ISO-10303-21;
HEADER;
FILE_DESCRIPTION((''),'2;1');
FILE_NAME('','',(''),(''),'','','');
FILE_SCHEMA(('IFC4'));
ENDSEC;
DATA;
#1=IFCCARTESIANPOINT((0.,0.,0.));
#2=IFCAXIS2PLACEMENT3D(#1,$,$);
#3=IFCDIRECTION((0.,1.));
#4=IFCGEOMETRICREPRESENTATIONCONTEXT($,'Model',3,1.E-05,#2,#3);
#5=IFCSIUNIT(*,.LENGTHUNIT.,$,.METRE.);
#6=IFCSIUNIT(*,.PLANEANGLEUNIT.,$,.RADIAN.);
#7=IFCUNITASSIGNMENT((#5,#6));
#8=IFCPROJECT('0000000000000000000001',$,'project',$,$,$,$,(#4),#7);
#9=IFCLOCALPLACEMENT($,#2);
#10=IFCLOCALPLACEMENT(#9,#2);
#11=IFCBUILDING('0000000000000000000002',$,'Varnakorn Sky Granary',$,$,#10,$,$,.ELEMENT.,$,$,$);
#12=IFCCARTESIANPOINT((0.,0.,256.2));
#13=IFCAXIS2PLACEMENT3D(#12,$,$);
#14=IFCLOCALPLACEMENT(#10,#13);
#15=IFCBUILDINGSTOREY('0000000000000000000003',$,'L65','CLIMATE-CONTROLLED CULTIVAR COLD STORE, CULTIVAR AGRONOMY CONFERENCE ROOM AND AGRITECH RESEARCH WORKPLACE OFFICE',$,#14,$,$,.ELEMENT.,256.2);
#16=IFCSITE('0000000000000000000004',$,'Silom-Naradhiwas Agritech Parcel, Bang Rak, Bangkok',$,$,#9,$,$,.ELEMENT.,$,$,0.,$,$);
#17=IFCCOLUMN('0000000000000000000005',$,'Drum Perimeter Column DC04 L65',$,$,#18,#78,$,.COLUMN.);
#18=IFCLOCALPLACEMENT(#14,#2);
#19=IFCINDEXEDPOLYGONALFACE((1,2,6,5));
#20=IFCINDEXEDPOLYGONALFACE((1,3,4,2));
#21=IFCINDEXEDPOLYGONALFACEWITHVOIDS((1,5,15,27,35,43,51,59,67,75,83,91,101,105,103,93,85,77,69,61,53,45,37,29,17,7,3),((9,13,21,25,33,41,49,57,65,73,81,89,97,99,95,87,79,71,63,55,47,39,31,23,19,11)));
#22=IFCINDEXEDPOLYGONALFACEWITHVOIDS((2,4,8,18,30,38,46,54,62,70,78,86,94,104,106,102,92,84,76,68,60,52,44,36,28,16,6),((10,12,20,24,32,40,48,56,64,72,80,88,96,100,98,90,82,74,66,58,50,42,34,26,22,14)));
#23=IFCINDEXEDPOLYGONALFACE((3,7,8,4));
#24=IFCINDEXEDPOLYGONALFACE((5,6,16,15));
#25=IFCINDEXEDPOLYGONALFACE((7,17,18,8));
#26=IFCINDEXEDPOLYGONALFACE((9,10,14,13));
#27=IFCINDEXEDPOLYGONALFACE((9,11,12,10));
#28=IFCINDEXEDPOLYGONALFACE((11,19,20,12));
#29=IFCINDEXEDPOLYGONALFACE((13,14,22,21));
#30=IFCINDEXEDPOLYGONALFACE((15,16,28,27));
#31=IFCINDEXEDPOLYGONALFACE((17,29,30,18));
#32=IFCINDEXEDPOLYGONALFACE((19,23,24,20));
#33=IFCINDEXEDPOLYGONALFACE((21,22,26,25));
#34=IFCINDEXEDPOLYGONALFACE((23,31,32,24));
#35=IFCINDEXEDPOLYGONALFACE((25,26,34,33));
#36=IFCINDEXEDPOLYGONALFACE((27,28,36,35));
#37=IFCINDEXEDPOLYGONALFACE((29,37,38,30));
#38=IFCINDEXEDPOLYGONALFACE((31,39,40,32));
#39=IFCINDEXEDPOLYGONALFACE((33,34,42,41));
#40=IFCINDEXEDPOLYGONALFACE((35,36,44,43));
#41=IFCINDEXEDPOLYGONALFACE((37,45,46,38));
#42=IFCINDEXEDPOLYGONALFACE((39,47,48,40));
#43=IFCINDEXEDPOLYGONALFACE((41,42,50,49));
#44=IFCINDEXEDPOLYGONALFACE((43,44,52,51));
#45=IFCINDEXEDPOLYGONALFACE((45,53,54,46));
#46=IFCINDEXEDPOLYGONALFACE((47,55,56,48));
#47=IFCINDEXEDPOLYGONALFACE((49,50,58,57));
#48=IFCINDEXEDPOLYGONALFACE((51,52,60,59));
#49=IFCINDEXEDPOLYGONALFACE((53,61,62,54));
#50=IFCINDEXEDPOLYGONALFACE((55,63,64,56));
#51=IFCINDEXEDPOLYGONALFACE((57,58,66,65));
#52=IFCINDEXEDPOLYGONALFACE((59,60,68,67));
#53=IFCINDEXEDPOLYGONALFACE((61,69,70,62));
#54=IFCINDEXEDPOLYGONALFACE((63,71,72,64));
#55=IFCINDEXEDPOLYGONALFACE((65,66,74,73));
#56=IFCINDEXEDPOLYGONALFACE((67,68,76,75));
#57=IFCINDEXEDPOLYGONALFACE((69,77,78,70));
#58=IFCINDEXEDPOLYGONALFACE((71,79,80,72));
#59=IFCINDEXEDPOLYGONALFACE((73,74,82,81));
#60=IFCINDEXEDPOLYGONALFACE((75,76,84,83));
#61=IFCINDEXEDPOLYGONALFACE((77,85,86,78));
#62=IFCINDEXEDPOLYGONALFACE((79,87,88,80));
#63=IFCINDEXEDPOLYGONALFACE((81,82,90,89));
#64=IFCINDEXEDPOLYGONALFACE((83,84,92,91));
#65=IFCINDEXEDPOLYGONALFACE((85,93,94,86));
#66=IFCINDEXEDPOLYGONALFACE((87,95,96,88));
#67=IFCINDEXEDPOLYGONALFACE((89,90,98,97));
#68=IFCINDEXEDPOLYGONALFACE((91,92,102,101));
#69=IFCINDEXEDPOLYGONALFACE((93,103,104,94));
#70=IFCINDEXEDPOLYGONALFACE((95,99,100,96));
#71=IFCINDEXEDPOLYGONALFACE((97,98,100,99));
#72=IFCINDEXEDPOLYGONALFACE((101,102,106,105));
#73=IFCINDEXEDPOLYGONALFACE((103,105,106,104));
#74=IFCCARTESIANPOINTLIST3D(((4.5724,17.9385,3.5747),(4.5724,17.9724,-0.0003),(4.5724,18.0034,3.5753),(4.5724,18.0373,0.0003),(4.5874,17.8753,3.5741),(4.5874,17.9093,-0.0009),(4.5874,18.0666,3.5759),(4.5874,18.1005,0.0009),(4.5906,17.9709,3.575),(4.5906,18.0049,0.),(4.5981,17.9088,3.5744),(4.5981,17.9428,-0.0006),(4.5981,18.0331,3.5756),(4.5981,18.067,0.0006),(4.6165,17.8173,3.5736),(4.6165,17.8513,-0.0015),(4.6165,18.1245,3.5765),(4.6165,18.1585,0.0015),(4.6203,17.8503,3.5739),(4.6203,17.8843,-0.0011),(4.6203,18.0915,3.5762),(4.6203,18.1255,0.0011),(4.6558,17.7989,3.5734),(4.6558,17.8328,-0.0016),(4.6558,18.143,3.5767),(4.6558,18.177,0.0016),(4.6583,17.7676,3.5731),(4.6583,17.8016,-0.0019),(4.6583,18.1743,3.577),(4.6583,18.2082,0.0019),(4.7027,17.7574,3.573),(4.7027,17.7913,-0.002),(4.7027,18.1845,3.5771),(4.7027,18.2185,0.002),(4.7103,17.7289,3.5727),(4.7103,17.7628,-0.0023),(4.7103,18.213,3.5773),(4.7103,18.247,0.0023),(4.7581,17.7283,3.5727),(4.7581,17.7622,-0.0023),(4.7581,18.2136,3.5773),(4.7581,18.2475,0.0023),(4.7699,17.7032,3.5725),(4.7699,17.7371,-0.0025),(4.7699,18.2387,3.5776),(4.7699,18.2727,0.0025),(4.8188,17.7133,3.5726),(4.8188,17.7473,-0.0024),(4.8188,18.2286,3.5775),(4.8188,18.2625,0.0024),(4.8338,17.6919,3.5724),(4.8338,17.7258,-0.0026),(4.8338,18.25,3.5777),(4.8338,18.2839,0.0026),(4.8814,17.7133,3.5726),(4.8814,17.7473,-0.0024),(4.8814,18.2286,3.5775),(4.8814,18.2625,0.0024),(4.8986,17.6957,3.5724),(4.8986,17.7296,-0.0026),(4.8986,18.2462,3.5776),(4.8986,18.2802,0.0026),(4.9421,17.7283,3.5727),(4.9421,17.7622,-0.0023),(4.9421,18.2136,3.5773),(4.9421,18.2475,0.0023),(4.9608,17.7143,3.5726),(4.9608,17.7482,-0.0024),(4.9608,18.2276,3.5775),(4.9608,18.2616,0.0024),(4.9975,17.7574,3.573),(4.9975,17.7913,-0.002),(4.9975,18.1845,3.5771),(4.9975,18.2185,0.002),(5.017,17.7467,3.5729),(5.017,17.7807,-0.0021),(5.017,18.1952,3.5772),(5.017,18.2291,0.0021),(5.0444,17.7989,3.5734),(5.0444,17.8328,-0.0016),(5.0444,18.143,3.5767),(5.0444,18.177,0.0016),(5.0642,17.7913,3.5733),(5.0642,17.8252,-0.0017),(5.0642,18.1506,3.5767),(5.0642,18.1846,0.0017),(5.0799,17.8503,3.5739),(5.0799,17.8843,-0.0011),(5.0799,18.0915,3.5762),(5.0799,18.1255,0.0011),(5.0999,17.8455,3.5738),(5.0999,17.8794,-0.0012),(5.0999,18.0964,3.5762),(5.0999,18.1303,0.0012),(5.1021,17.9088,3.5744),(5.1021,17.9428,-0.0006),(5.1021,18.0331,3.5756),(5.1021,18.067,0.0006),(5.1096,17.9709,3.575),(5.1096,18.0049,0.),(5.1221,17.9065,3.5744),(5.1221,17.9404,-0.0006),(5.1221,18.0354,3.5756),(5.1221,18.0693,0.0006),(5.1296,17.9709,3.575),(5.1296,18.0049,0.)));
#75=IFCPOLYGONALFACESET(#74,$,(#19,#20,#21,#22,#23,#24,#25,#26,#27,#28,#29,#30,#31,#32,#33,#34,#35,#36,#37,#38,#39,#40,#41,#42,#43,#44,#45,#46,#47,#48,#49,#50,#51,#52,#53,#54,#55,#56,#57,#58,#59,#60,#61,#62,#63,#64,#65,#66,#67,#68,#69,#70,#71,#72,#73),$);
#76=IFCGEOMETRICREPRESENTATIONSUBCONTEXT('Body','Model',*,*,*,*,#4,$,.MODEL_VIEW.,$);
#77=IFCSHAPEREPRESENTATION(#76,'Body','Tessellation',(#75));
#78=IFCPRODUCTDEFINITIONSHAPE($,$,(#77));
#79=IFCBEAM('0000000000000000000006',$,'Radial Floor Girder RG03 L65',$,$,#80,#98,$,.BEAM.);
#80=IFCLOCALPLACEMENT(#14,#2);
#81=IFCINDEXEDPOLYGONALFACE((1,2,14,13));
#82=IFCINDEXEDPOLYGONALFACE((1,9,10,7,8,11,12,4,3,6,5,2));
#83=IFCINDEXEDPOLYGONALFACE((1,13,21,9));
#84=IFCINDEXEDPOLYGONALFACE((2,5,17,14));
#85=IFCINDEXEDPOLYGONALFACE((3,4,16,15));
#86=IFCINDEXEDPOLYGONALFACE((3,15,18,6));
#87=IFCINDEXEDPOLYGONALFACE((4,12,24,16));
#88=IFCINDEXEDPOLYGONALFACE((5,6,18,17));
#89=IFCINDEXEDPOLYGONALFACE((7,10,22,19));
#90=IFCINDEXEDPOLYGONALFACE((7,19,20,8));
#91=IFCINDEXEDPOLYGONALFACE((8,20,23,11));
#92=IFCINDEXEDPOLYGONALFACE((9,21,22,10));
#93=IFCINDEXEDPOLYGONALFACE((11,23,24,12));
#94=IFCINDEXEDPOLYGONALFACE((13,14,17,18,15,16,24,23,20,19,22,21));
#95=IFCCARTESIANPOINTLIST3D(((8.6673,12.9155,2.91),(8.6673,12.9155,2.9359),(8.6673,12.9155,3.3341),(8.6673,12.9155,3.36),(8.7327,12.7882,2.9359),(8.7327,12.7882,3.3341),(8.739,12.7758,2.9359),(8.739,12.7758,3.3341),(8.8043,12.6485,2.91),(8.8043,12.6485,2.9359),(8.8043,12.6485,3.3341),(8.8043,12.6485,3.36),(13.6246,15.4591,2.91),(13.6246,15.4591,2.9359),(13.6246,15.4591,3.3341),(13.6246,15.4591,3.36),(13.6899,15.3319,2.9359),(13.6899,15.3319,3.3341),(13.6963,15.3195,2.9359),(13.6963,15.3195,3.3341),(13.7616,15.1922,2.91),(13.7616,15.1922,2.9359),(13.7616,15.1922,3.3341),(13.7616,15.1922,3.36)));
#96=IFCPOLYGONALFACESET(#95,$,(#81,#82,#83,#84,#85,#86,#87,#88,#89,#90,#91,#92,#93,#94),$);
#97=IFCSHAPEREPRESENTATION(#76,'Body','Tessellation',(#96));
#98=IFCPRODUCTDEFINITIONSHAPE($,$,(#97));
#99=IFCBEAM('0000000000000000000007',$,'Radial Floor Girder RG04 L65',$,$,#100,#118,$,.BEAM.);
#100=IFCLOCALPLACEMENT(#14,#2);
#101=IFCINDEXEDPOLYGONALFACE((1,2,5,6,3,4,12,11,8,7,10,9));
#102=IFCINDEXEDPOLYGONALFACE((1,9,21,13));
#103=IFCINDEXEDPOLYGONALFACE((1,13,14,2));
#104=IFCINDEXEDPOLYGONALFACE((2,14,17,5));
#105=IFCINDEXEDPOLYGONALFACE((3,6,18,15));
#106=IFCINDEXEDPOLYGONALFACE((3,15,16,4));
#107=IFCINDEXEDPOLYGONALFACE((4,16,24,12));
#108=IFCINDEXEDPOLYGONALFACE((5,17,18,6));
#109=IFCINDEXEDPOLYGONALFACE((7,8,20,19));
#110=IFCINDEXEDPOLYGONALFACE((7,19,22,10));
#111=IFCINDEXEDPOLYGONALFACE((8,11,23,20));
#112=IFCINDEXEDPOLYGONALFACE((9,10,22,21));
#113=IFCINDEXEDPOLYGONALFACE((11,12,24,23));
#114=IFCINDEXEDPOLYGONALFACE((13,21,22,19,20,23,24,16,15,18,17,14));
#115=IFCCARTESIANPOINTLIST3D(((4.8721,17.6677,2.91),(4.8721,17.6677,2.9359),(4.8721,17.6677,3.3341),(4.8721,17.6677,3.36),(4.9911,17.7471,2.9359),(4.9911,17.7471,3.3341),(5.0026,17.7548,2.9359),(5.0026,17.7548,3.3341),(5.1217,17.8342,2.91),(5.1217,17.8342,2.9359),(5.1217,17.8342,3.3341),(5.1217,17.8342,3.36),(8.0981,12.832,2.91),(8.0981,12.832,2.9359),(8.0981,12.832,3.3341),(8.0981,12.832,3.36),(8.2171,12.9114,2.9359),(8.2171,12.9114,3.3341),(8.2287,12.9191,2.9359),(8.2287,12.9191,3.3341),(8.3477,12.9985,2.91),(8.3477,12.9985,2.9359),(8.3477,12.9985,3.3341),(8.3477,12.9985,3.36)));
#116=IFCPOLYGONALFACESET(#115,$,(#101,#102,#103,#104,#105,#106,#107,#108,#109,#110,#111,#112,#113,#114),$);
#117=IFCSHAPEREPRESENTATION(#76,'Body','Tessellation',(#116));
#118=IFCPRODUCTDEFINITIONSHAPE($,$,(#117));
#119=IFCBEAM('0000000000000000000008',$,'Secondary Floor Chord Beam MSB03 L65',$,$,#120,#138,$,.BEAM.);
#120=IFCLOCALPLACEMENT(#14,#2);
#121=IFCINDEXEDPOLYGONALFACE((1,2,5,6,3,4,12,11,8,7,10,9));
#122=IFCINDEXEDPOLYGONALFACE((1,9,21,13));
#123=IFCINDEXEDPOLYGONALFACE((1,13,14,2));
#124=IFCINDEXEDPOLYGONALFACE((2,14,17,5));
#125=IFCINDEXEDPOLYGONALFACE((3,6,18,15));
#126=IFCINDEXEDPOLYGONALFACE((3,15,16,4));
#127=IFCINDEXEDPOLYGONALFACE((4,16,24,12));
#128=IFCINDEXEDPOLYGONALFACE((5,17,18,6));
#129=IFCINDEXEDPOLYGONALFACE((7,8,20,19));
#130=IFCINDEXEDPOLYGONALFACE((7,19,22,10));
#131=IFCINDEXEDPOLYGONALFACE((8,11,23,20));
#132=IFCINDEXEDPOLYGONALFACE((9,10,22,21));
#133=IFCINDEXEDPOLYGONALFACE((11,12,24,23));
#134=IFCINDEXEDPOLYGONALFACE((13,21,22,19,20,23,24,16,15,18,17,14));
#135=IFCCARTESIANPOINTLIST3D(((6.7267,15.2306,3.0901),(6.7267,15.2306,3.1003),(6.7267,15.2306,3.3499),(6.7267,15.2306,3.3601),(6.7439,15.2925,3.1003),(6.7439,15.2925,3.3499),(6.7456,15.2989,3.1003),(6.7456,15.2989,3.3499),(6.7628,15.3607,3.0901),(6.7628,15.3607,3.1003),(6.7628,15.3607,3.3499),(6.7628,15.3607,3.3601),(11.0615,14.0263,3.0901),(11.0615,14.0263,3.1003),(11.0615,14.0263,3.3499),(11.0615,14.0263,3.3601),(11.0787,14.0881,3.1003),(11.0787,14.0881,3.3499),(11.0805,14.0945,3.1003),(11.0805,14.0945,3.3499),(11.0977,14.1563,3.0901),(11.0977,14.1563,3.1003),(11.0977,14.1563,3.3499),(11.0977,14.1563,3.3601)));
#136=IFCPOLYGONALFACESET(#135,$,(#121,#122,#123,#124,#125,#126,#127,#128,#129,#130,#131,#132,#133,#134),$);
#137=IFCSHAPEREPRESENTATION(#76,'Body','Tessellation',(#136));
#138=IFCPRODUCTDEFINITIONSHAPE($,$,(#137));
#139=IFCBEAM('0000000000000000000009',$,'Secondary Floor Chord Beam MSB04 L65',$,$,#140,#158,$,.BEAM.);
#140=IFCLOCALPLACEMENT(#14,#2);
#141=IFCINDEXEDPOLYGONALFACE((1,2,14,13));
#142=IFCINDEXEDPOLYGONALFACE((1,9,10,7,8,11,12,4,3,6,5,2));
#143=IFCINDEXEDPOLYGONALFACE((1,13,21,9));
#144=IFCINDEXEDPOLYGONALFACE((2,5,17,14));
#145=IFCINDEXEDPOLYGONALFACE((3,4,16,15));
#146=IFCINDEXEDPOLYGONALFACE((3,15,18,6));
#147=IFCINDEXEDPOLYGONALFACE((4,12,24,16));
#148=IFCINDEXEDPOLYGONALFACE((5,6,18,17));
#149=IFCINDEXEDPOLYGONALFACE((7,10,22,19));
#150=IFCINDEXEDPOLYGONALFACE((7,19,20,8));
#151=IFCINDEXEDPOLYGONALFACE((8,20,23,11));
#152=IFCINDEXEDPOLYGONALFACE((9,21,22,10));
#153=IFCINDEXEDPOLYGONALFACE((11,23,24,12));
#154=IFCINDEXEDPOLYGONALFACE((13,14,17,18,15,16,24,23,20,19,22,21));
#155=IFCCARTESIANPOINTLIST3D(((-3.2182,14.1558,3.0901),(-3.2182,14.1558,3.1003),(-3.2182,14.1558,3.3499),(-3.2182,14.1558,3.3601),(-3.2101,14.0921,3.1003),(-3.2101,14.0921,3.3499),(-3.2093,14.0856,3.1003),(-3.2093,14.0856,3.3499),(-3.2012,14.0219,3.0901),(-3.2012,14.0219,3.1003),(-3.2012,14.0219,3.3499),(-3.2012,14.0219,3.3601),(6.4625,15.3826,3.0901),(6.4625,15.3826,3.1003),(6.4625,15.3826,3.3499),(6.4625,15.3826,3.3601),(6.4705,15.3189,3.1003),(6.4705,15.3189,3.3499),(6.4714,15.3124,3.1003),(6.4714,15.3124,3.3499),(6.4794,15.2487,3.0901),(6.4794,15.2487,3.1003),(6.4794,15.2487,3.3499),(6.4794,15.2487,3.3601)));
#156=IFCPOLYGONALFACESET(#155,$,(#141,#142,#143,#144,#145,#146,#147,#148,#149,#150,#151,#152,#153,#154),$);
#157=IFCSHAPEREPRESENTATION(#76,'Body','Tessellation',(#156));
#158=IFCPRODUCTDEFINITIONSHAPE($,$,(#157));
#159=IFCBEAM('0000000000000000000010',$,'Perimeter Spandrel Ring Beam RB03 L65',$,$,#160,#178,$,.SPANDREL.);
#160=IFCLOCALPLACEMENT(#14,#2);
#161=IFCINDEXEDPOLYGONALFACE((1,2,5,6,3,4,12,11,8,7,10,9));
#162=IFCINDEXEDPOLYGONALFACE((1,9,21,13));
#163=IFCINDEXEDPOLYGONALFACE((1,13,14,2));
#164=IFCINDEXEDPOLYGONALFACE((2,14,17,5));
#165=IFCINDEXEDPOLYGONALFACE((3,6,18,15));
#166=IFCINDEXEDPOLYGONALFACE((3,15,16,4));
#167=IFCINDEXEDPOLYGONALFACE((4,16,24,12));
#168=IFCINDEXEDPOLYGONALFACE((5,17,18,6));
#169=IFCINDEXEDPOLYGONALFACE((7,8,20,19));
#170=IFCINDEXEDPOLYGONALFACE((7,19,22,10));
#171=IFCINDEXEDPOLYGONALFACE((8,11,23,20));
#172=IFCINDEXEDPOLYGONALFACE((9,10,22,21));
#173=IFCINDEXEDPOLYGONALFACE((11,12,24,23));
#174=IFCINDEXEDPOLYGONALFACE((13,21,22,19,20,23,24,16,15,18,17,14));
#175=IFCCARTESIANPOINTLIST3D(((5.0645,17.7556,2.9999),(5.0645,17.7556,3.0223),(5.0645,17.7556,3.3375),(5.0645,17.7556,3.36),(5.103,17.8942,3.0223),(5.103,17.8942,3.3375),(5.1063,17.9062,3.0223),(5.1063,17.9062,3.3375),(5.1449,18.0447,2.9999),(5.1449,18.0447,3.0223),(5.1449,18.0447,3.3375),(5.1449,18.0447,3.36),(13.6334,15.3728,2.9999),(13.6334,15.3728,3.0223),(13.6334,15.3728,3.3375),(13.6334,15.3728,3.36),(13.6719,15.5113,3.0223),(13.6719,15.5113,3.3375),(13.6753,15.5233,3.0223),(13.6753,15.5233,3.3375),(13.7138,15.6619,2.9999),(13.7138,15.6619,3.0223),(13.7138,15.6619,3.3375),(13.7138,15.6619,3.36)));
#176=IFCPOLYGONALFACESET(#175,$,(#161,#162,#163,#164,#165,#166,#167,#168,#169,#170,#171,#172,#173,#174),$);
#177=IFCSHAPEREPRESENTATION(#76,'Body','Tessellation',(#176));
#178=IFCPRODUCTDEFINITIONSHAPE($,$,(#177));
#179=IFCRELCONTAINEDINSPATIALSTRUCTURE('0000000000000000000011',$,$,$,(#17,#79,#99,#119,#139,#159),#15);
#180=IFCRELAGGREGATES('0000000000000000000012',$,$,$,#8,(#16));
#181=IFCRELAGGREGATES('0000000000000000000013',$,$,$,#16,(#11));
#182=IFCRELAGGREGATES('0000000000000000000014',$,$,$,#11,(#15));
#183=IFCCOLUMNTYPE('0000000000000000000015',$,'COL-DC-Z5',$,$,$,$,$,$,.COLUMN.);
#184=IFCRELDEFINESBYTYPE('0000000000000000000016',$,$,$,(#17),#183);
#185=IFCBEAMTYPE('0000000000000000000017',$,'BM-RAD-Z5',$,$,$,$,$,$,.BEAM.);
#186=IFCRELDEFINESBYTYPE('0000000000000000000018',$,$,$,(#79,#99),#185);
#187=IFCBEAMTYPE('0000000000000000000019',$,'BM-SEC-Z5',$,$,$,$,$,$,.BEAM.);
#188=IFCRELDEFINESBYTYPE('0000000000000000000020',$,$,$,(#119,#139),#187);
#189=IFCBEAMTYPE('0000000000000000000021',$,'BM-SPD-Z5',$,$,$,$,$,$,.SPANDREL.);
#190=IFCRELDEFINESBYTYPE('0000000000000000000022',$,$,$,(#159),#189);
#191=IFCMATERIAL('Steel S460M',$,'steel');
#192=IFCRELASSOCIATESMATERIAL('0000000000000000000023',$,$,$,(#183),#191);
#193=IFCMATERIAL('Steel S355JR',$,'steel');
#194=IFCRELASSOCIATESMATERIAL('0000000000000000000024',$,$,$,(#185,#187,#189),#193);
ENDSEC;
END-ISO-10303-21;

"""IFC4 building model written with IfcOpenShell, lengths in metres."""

from ifc_helpers import new_model, si_unit, direction, frame, origin, origin_2d, place, context, subcontext, project, spatial, hollow_circle, i_section, extrude, material, material_profile, profile_set, type_object, element, save


model = new_model("IFC4")

# Units and contexts
model_context = context("Model", 3, precision=1e-05, world=origin(), true_north=direction((0.0, 1.0)))
body_context = subcontext(model_context, "Body", "Model", "MODEL_VIEW")
ifc_project = project(units=[si_unit("LENGTHUNIT", "METRE"), si_unit("PLANEANGLEUNIT", "RADIAN")], contexts=[model_context])

# Site, building, storey
site_placement = place(None, origin())
site = spatial("IfcSite", under=ifc_project, at=site_placement, Name="Silom-Naradhiwas Agritech Parcel, Bang Rak, Bangkok", CompositionType="ELEMENT", RefElevation=0.0)
building_placement = place(site_placement, origin())
building = spatial("IfcBuilding", under=site, at=building_placement, Name="Varnakorn Sky Granary", CompositionType="ELEMENT")
storey_placement = place(building_placement, frame((0.0, 0.0, 256.2)))
storey = spatial("IfcBuildingStorey", under=building, at=storey_placement, Name="L65", Description="CLIMATE-CONTROLLED CULTIVAR COLD STORE, CULTIVAR AGRONOMY CONFERENCE ROOM AND AGRITECH RESEARCH WORKPLACE OFFICE", CompositionType="ELEMENT", Elevation=256.2)

# Column
ifc_material_1 = material(Name="Steel S460M", Category="steel")
ifc_material_profile_1 = material_profile(ifc_material_1, hollow_circle(Radius=0.2795, WallThickness=0.02, at=origin_2d()), Name="CHS 559x20")
ifc_profile_set_1 = profile_set([ifc_material_profile_1], Name="Steel S460M")
column_type = type_object("IfcColumnType", Name="COL-DC-Z5", PredefinedType="COLUMN", material=ifc_profile_set_1)
column_placement = place(storey_placement, frame((4.8501, 18.0049, 0.0), z_axis=(0.0, -0.009492, 0.999955), x_axis=(1.0, 0.0, 0.0)))
element("IfcColumn", 1, at=column_placement, inside=storey, type_object=column_type, Name="Drum Perimeter Column DC04 L65", PredefinedType="COLUMN", context=body_context, shape_type="SweptSolid", body=[
    extrude(hollow_circle(Radius=0.2795, WallThickness=0.02, at=origin_2d()), origin(), (0.0, 0.0, 1.0), 3.5752),
])

# Beams
ifc_material_2 = material(Name="Steel S355JR", Category="steel")
ifc_material_profile_2 = material_profile(ifc_material_2, i_section(OverallWidth=0.3, OverallDepth=0.45, WebThickness=0.0139, FlangeThickness=0.0259, at=origin_2d()), Name="HE 450 B")
ifc_profile_set_2 = profile_set([ifc_material_profile_2], Name="Steel S355JR")
beam_type_1 = type_object("IfcBeamType", Name="BM-RAD-Z5", PredefinedType="BEAM", material=ifc_profile_set_2)
beam_1_placement = place(storey_placement, frame((8.7358, 12.782, 3.135), z_axis=(0.889707, 0.456531, 0.0), x_axis=(-0.456531, 0.889707, 0.0)))
element("IfcBeam", 2, at=beam_1_placement, inside=storey, type_object=beam_type_1, Name="Radial Floor Girder RG03 L65", PredefinedType="BEAM", context=body_context, shape_type="SweptSolid", body=[
    extrude(i_section(OverallWidth=0.3, OverallDepth=0.45, WebThickness=0.0139, FlangeThickness=0.0259, at=origin_2d()), origin(), (0.0, 0.0, 1.0), 5.5718),
])
beam_2_placement = place(storey_placement, frame((8.2229, 12.9153, 3.135), z_axis=(-0.554972, 0.831869, 0.0), x_axis=(-0.831869, -0.554972, 0.0)))
element("IfcBeam", 3, at=beam_2_placement, inside=storey, type_object=beam_type_1, Name="Radial Floor Girder RG04 L65", PredefinedType="BEAM", context=body_context, shape_type="SweptSolid", body=[
    extrude(i_section(OverallWidth=0.3, OverallDepth=0.45, WebThickness=0.0139, FlangeThickness=0.0259, at=origin_2d()), origin(), (0.0, 0.0, 1.0), 5.813),
])
ifc_material_profile_3 = material_profile(ifc_material_2, i_section(OverallWidth=0.135, OverallDepth=0.27, WebThickness=0.0066, FlangeThickness=0.0103, at=origin_2d()), Name="IPE 270")
ifc_profile_set_3 = profile_set([ifc_material_profile_3], Name="Steel S355JR")
beam_type_2 = type_object("IfcBeamType", Name="BM-SEC-Z5", PredefinedType="BEAM", material=ifc_profile_set_3)
beam_3_placement = place(storey_placement, frame((11.0796, 14.0913, 3.2251), z_axis=(-0.963503, 0.267697, 0.0), x_axis=(-0.267697, -0.963503, 0.0)))
element("IfcBeam", 4, at=beam_3_placement, inside=storey, type_object=beam_type_2, Name="Secondary Floor Chord Beam MSB03 L65", PredefinedType="BEAM", context=body_context, shape_type="SweptSolid", body=[
    extrude(i_section(OverallWidth=0.135, OverallDepth=0.27, WebThickness=0.0066, FlangeThickness=0.0103, at=origin_2d()), origin(), (0.0, 0.0, 1.0), 4.499),
])
beam_4_placement = place(storey_placement, frame((6.4709, 15.3157, 3.2251), z_axis=(-0.992066, -0.125722, 0.0), x_axis=(0.125722, -0.992066, 0.0)))
element("IfcBeam", 5, at=beam_4_placement, inside=storey, type_object=beam_type_2, Name="Secondary Floor Chord Beam MSB04 L65", PredefinedType="BEAM", context=body_context, shape_type="SweptSolid", body=[
    extrude(i_section(OverallWidth=0.135, OverallDepth=0.27, WebThickness=0.0066, FlangeThickness=0.0103, at=origin_2d()), origin(), (0.0, 0.0, 1.0), 9.7581),
])
ifc_material_profile_4 = material_profile(ifc_material_2, i_section(OverallWidth=0.3, OverallDepth=0.3601, WebThickness=0.0125, FlangeThickness=0.0225, at=origin_2d()), Name="HE 360 B")
ifc_profile_set_4 = profile_set([ifc_material_profile_4], Name="Steel S355JR")
beam_type_3 = type_object("IfcBeamType", Name="BM-SPD-Z5", PredefinedType="SPANDREL", material=ifc_profile_set_4)
for number, where, z_axis, x_axis, name in (
    (6, (13.6736, 15.5173, 3.1799), (-0.963443, 0.267913, 0.0), (-0.267913, -0.963443, 0.0), "Perimeter Spandrel Ring Beam RB03 L65"),
):
    element("IfcBeam", number, at=place(storey_placement, frame(where, z_axis=z_axis, x_axis=x_axis)), inside=storey, type_object=beam_type_3, Name=name, PredefinedType="SPANDREL", context=body_context, shape_type="SweptSolid", body=[
        extrude(i_section(OverallWidth=0.3, OverallDepth=0.3601, WebThickness=0.0125, FlangeThickness=0.0225, at=origin_2d()), origin(), (0.0, 0.0, 1.0), 8.894),
    ])

save(model, "model.ifc")
